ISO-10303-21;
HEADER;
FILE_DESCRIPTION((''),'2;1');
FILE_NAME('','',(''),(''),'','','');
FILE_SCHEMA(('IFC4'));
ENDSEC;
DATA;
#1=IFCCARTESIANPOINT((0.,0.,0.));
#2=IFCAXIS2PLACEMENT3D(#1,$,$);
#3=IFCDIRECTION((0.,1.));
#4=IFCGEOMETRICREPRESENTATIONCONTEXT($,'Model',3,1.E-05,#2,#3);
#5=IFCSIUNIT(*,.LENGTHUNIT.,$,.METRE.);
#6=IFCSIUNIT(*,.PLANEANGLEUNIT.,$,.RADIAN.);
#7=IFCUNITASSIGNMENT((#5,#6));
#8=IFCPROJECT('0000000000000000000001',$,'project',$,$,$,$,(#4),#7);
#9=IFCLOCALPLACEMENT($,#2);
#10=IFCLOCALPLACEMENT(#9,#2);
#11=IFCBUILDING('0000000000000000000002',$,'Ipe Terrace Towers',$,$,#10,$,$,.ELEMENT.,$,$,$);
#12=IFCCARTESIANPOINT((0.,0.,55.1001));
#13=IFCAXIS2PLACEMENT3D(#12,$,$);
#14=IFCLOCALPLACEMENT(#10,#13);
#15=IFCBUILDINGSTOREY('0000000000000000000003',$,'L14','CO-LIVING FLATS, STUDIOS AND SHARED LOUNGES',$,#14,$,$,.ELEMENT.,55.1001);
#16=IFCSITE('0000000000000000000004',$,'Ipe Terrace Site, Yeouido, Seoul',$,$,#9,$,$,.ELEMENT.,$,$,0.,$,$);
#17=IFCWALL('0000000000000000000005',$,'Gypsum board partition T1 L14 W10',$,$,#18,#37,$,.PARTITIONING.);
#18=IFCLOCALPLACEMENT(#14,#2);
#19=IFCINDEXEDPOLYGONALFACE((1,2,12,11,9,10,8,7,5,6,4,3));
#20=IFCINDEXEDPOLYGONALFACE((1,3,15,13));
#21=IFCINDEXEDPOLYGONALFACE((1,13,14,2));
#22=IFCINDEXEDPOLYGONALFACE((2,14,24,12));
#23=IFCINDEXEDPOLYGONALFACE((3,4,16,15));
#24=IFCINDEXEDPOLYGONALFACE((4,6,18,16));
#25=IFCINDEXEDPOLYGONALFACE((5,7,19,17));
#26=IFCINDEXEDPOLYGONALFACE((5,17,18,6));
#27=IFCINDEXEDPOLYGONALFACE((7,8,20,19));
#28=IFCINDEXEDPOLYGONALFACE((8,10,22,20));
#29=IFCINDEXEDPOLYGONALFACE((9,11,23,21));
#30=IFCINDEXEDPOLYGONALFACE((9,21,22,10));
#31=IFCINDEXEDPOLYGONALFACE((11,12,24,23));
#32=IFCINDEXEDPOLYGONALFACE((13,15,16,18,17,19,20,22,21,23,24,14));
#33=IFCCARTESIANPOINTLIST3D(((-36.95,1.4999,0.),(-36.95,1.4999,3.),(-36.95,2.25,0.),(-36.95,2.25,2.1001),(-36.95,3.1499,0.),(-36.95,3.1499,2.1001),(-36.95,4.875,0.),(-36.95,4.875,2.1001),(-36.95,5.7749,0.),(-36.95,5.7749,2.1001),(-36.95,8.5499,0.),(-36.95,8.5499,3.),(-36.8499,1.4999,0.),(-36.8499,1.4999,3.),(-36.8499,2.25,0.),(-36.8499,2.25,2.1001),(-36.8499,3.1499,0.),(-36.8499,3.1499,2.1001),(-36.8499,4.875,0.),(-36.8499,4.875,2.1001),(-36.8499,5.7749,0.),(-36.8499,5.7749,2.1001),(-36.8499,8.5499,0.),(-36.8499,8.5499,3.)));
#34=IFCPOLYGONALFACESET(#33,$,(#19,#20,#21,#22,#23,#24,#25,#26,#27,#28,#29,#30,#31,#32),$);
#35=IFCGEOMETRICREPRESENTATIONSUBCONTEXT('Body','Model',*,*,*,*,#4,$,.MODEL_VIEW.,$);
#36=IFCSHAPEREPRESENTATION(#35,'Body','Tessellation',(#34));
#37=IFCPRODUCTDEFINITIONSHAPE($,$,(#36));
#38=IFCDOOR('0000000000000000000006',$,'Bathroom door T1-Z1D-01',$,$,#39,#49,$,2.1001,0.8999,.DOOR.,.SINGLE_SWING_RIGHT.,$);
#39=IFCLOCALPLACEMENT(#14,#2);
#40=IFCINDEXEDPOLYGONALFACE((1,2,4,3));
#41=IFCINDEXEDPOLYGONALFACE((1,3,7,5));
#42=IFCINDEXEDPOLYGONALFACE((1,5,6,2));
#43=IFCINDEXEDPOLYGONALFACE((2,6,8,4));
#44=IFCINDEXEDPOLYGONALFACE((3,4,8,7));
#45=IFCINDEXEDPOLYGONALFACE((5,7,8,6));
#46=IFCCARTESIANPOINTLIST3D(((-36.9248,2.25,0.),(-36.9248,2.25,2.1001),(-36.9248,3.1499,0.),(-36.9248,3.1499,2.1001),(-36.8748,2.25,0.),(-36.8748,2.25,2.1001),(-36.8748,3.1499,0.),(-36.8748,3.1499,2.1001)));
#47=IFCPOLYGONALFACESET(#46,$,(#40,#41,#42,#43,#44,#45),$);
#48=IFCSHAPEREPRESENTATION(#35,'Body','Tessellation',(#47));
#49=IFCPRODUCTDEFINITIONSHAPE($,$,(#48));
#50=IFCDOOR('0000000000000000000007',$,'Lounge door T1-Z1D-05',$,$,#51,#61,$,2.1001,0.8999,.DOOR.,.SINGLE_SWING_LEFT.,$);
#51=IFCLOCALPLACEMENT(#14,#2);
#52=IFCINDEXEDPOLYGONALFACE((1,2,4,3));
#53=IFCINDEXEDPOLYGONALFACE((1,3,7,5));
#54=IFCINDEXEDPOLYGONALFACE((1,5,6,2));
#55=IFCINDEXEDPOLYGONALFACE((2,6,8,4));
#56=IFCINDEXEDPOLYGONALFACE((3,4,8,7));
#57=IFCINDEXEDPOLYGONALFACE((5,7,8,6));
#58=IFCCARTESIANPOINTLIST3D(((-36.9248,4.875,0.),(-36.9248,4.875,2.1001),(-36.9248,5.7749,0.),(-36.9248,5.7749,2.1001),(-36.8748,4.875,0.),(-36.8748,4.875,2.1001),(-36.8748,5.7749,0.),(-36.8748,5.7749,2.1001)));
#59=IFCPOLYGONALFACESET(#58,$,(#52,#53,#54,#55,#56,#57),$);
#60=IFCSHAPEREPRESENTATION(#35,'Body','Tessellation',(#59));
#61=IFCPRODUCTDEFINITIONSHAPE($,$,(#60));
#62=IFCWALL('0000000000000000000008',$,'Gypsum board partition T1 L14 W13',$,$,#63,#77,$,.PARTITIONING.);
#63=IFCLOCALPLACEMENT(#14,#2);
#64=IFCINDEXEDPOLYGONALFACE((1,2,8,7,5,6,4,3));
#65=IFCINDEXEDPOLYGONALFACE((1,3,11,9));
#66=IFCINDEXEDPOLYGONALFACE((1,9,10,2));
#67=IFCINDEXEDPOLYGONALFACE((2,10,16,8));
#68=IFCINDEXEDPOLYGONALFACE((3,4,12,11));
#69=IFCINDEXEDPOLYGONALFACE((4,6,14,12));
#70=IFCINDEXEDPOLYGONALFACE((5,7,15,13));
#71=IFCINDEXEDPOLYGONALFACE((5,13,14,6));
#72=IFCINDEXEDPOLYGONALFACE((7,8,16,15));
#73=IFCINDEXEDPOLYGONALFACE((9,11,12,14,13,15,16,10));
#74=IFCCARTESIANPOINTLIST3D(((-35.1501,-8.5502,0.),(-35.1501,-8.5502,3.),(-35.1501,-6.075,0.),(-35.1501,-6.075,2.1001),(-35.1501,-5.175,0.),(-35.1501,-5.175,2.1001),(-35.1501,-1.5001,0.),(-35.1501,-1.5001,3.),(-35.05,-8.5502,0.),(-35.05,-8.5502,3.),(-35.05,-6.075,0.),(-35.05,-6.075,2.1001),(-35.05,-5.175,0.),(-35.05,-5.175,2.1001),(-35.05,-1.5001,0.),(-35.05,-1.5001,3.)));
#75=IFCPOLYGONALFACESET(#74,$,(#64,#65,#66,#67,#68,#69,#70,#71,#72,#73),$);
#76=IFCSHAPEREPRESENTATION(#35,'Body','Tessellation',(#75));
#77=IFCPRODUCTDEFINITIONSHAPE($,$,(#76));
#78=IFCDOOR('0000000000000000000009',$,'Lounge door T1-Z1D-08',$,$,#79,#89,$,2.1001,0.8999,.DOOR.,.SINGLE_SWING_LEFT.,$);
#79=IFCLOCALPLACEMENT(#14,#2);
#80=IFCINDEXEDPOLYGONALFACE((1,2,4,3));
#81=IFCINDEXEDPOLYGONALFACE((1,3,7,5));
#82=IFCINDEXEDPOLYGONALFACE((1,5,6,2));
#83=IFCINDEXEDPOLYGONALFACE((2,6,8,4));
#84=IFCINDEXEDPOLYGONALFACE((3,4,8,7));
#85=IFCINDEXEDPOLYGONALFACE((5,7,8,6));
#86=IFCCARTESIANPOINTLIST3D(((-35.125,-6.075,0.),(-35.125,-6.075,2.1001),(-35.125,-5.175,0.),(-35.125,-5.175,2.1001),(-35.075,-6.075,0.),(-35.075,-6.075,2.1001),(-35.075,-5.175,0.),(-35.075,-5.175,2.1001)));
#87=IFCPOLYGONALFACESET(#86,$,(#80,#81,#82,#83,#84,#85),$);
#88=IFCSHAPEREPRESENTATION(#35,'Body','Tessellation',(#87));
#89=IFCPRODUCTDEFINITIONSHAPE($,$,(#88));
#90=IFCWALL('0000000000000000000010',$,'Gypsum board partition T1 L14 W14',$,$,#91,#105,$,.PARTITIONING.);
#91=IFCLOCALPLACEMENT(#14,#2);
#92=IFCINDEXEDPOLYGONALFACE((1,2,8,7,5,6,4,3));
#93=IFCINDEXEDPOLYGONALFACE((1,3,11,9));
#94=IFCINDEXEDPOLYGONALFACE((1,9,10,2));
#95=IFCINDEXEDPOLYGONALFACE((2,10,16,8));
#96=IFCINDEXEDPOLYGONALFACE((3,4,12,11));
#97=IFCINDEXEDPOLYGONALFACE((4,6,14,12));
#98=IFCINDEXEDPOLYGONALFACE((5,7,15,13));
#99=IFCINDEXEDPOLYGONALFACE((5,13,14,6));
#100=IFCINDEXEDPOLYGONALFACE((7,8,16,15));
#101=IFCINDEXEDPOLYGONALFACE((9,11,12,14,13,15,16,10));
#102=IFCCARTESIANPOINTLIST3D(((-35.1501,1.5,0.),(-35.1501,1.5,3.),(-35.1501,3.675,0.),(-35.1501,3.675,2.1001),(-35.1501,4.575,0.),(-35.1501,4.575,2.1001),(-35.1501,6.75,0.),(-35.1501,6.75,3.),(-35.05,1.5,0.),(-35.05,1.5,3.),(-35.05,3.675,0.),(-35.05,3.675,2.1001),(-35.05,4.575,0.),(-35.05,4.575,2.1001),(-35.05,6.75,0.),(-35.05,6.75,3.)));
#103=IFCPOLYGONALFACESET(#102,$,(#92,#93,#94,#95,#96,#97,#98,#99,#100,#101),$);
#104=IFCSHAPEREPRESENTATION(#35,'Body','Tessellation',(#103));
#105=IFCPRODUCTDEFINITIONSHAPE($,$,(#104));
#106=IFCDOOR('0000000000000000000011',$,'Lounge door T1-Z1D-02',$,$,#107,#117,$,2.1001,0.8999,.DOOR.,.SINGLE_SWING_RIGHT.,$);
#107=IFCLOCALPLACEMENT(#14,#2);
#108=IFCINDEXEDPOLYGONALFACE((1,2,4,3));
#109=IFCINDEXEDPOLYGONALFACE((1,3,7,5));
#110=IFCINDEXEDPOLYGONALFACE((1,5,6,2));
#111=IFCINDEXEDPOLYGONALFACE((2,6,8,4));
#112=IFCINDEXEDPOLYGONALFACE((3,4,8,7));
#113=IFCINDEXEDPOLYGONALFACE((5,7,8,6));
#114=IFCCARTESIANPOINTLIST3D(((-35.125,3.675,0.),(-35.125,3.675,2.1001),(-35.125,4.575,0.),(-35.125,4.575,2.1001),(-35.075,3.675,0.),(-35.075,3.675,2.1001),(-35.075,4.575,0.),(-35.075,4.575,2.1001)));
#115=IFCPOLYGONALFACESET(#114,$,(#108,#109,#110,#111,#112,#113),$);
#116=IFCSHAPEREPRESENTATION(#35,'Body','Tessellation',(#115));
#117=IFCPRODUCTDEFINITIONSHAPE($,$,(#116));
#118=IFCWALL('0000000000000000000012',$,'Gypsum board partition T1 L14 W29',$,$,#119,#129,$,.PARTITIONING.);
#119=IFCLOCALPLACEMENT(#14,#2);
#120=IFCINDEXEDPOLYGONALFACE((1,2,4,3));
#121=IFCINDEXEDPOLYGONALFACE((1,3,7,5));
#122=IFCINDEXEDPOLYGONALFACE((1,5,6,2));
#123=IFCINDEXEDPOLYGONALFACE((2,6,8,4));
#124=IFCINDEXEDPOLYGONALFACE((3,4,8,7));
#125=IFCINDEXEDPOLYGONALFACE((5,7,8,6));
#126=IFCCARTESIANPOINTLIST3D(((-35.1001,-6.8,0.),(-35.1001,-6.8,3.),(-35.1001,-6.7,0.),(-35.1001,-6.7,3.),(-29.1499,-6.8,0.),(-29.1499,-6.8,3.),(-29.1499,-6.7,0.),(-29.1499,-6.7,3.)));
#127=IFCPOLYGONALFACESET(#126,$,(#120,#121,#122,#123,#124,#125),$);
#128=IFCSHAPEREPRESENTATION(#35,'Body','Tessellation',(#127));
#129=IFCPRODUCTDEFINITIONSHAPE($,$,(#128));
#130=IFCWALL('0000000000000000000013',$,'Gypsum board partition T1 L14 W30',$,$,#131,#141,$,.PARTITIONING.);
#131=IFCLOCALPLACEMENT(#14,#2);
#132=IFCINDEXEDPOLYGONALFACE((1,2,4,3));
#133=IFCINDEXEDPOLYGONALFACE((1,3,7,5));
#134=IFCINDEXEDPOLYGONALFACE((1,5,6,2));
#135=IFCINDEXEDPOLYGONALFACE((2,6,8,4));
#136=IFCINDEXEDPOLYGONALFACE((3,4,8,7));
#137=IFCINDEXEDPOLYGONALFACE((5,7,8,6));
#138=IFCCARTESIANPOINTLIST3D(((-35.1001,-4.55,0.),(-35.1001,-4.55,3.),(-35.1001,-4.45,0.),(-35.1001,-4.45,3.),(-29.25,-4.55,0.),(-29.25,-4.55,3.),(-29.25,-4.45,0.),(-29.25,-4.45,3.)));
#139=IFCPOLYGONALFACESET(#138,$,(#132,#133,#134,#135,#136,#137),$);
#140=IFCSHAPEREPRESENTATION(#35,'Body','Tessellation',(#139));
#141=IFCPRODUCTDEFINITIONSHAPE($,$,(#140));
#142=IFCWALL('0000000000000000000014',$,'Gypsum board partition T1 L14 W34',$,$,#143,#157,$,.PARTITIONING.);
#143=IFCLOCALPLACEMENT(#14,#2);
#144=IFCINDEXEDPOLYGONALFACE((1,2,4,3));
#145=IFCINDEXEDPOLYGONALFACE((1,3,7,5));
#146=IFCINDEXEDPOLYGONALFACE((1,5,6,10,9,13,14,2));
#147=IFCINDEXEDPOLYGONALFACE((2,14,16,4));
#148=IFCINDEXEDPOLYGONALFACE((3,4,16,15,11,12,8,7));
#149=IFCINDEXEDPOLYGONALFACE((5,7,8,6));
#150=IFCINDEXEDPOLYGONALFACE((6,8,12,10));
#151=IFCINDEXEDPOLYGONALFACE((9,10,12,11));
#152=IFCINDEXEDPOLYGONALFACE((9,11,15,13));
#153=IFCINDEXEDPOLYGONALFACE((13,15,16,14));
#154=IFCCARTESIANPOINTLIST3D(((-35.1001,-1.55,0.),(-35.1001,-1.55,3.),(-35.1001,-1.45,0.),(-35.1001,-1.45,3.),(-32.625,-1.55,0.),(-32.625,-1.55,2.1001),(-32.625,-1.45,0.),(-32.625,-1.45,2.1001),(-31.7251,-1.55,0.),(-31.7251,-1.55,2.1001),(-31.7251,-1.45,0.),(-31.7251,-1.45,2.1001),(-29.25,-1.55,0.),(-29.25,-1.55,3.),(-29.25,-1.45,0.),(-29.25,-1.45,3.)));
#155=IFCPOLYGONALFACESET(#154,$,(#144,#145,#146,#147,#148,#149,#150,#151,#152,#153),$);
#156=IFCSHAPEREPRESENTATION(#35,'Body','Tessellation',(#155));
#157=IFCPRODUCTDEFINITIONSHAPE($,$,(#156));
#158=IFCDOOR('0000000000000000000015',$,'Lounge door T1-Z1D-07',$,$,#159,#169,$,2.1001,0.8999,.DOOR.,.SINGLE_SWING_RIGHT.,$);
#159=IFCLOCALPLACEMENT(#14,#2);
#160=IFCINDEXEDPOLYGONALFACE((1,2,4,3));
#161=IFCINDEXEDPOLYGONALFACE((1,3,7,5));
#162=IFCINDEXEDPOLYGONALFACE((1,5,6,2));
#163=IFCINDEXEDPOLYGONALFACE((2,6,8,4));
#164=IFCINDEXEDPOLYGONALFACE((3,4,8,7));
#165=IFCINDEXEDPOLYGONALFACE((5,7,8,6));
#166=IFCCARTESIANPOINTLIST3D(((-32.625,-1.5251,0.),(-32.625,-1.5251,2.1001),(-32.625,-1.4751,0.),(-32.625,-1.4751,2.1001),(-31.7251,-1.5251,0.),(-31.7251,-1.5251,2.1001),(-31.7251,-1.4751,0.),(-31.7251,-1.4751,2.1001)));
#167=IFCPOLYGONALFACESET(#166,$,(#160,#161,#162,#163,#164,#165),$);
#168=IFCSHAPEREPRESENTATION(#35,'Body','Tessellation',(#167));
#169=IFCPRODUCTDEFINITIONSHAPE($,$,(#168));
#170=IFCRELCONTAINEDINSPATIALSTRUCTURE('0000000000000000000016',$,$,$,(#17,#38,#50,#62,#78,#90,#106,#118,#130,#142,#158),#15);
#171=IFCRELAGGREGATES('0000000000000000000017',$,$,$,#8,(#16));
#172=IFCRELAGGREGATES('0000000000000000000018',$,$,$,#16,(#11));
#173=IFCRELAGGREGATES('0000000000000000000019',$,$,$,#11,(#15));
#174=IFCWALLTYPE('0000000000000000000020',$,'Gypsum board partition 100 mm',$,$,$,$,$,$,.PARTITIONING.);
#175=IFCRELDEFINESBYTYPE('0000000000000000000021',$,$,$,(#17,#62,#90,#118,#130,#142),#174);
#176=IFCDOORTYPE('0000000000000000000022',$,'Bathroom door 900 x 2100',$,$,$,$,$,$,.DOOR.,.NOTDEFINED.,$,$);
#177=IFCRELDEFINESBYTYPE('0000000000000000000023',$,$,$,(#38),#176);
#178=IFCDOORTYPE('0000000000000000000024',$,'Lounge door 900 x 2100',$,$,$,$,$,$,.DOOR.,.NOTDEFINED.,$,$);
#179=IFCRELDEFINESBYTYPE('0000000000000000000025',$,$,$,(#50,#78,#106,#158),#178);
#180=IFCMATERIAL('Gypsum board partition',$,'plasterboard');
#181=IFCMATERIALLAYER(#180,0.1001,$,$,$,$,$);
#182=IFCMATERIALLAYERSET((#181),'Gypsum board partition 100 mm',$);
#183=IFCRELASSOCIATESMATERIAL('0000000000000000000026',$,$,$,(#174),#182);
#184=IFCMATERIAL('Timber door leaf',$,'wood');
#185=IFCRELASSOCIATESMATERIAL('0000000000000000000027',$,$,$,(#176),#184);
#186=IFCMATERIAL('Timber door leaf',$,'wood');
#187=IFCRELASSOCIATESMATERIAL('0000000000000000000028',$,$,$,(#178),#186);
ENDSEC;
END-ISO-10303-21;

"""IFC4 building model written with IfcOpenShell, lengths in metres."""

from ifc_helpers import new_model, si_unit, direction, frame, frame_2d, origin, place, context, subcontext, project, spatial, rectangle, extrude, material, layer, layer_set, type_object, element, fill, save


model = new_model("IFC4")

# Units and contexts
model_context = context("Model", 3, precision=1e-05, world=origin(), true_north=direction((0.0, 1.0)))
body_context = subcontext(model_context, "Body", "Model", "MODEL_VIEW")
ifc_project = project(units=[si_unit("LENGTHUNIT", "METRE"), si_unit("PLANEANGLEUNIT", "RADIAN")], contexts=[model_context])

# Site, building, storey
site_placement = place(None, origin())
site = spatial("IfcSite", under=ifc_project, at=site_placement, Name="Ipe Terrace Site, Yeouido, Seoul", CompositionType="ELEMENT", RefElevation=0.0)
building_placement = place(site_placement, origin())
building = spatial("IfcBuilding", under=site, at=building_placement, Name="Ipe Terrace Towers", CompositionType="ELEMENT")
storey_placement = place(building_placement, frame((0.0, 0.0, 55.1001)))
storey = spatial("IfcBuildingStorey", under=building, at=storey_placement, Name="L14", Description="CO-LIVING FLATS, STUDIOS AND SHARED LOUNGES", CompositionType="ELEMENT", Elevation=55.1001)

# Shared definitions
ifc_material_1 = material(Name="Gypsum board partition", Category="plasterboard")
ifc_layer_1 = layer(ifc_material_1, 0.1001)
ifc_layer_set_1 = layer_set([ifc_layer_1], Name="Gypsum board partition 100 mm")
wall_type_1 = type_object("IfcWallType", Name="Gypsum board partition 100 mm", PredefinedType="PARTITIONING", material=ifc_layer_set_1)

# Wall, openings, doors
wall_1_placement = place(storey_placement, frame((-36.8999, 1.5, 0.0), z_axis=(0.0, 0.0, 1.0), x_axis=(0.0, 1.0, 0.0)))
wall_1 = element("IfcWall", 1, at=wall_1_placement, inside=storey, type_object=wall_type_1, Name="Gypsum board partition T1 L14 W10", PredefinedType="PARTITIONING", context=body_context, shape_type="SweptSolid", body=[
    extrude(rectangle(XDim=7.05, YDim=0.1001, at=frame_2d((3.5249, 0.0))), origin(), (0.0, 0.0, 1.0), 3.0),
])
opening_1_placement = place(wall_1_placement, frame((0.75, 0.0, 0.0)))
opening_1 = element("IfcOpeningElement", 2, at=opening_1_placement, cuts=wall_1, PredefinedType="OPENING", context=body_context, shape_type="SweptSolid", body=[
    extrude(rectangle(XDim=0.8999, YDim=2.1001, at=frame_2d((0.45, 1.05))), frame((0.0, 0.0601, 0.0), z_axis=(0.0, -1.0, 0.0), x_axis=(1.0, 0.0, 0.0)), (0.0, 0.0, 1.0), 0.1201),
])
opening_2_placement = place(wall_1_placement, frame((3.375, 0.0, 0.0)))
opening_2 = element("IfcOpeningElement", 3, at=opening_2_placement, cuts=wall_1, PredefinedType="OPENING", context=body_context, shape_type="SweptSolid", body=[
    extrude(rectangle(XDim=0.8999, YDim=2.1001, at=frame_2d((0.45, 1.05))), frame((0.0, 0.0601, 0.0), z_axis=(0.0, -1.0, 0.0), x_axis=(1.0, 0.0, 0.0)), (0.0, 0.0, 1.0), 0.1201),
])
ifc_material_2 = material(Name="Timber door leaf", Category="wood")
door_type_1 = type_object("IfcDoorType", Name="Bathroom door 900 x 2100", OperationType="NOTDEFINED", PredefinedType="DOOR", material=ifc_material_2)
door_1_placement = place(opening_1_placement, origin())
door_1 = element("IfcDoor", 4, at=door_1_placement, inside=storey, type_object=door_type_1, Name="Bathroom door T1-Z1D-01", OperationType="SINGLE_SWING_RIGHT", OverallHeight=2.1001, OverallWidth=0.8999, PredefinedType="DOOR", context=body_context, shape_type="SweptSolid", body=[
    extrude(rectangle(XDim=0.8999, YDim=2.1001, at=frame_2d((0.45, 1.05))), frame((0.0, 0.0249, 0.0), z_axis=(0.0, -1.0, 0.0), x_axis=(1.0, 0.0, 0.0)), (0.0, 0.0, 1.0), 0.05),
])
fill(opening_1, door_1)
ifc_material_3 = material(Name="Timber door leaf", Category="wood")
door_type_2 = type_object("IfcDoorType", Name="Lounge door 900 x 2100", OperationType="NOTDEFINED", PredefinedType="DOOR", material=ifc_material_3)
door_2_placement = place(opening_2_placement, origin())
door_2 = element("IfcDoor", 5, at=door_2_placement, inside=storey, type_object=door_type_2, Name="Lounge door T1-Z1D-05", OperationType="SINGLE_SWING_LEFT", OverallHeight=2.1001, OverallWidth=0.8999, PredefinedType="DOOR", context=body_context, shape_type="SweptSolid", body=[
    extrude(rectangle(XDim=0.8999, YDim=2.1001, at=frame_2d((0.45, 1.05))), frame((0.0, 0.0249, 0.0), z_axis=(0.0, -1.0, 0.0), x_axis=(1.0, 0.0, 0.0)), (0.0, 0.0, 1.0), 0.05),
])
fill(opening_2, door_2)

# Walls, openings, doors
wall_2_placement = place(storey_placement, frame((-35.1001, -8.55, 0.0), z_axis=(0.0, 0.0, 1.0), x_axis=(0.0, 1.0, 0.0)))
wall_2 = element("IfcWall", 6, at=wall_2_placement, inside=storey, type_object=wall_type_1, Name="Gypsum board partition T1 L14 W13", PredefinedType="PARTITIONING", context=body_context, shape_type="SweptSolid", body=[
    extrude(rectangle(XDim=7.05, YDim=0.1001, at=frame_2d((3.5249, 0.0))), origin(), (0.0, 0.0, 1.0), 3.0),
])
opening_3_placement = place(wall_2_placement, frame((2.4751, 0.0, 0.0)))
opening_3 = element("IfcOpeningElement", 7, at=opening_3_placement, cuts=wall_2, PredefinedType="OPENING", context=body_context, shape_type="SweptSolid", body=[
    extrude(rectangle(XDim=0.8999, YDim=2.1001, at=frame_2d((0.45, 1.05))), frame((0.0, 0.0601, 0.0), z_axis=(0.0, -1.0, 0.0), x_axis=(1.0, 0.0, 0.0)), (0.0, 0.0, 1.0), 0.1201),
])
door_3_placement = place(opening_3_placement, origin())
door_3 = element("IfcDoor", 8, at=door_3_placement, inside=storey, type_object=door_type_2, Name="Lounge door T1-Z1D-08", OperationType="SINGLE_SWING_LEFT", OverallHeight=2.1001, OverallWidth=0.8999, PredefinedType="DOOR", context=body_context, shape_type="SweptSolid", body=[
    extrude(rectangle(XDim=0.8999, YDim=2.1001, at=frame_2d((0.45, 1.05))), frame((0.0, 0.0249, 0.0), z_axis=(0.0, -1.0, 0.0), x_axis=(1.0, 0.0, 0.0)), (0.0, 0.0, 1.0), 0.05),
])
fill(opening_3, door_3)
wall_3_placement = place(storey_placement, frame((-35.1001, 1.5, 0.0), z_axis=(0.0, 0.0, 1.0), x_axis=(0.0, 1.0, 0.0)))
wall_3 = element("IfcWall", 9, at=wall_3_placement, inside=storey, type_object=wall_type_1, Name="Gypsum board partition T1 L14 W14", PredefinedType="PARTITIONING", context=body_context, shape_type="SweptSolid", body=[
    extrude(rectangle(XDim=5.25, YDim=0.1001, at=frame_2d((2.625, 0.0))), origin(), (0.0, 0.0, 1.0), 3.0),
])
opening_4_placement = place(wall_3_placement, frame((2.175, 0.0, 0.0)))
opening_4 = element("IfcOpeningElement", 10, at=opening_4_placement, cuts=wall_3, PredefinedType="OPENING", context=body_context, shape_type="SweptSolid", body=[
    extrude(rectangle(XDim=0.8999, YDim=2.1001, at=frame_2d((0.45, 1.05))), frame((0.0, 0.0601, 0.0), z_axis=(0.0, -1.0, 0.0), x_axis=(1.0, 0.0, 0.0)), (0.0, 0.0, 1.0), 0.1201),
])
door_4_placement = place(opening_4_placement, origin())
door_4 = element("IfcDoor", 11, at=door_4_placement, inside=storey, type_object=door_type_2, Name="Lounge door T1-Z1D-02", OperationType="SINGLE_SWING_RIGHT", OverallHeight=2.1001, OverallWidth=0.8999, PredefinedType="DOOR", context=body_context, shape_type="SweptSolid", body=[
    extrude(rectangle(XDim=0.8999, YDim=2.1001, at=frame_2d((0.45, 1.05))), frame((0.0, 0.0249, 0.0), z_axis=(0.0, -1.0, 0.0), x_axis=(1.0, 0.0, 0.0)), (0.0, 0.0, 1.0), 0.05),
])
fill(opening_4, door_4)

# Walls
wall_4_placement = place(storey_placement, frame((-35.1001, -6.75, 0.0), z_axis=(0.0, 0.0, 1.0), x_axis=(1.0, 0.0, 0.0)))
element("IfcWall", 12, at=wall_4_placement, inside=storey, type_object=wall_type_1, Name="Gypsum board partition T1 L14 W29", PredefinedType="PARTITIONING", context=body_context, shape_type="SweptSolid", body=[
    extrude(rectangle(XDim=5.9502, YDim=0.1001, at=frame_2d((2.9751, 0.0))), origin(), (0.0, 0.0, 1.0), 3.0),
])
wall_5_placement = place(storey_placement, frame((-35.1001, -4.5, 0.0), z_axis=(0.0, 0.0, 1.0), x_axis=(1.0, 0.0, 0.0)))
element("IfcWall", 13, at=wall_5_placement, inside=storey, type_object=wall_type_1, Name="Gypsum board partition T1 L14 W30", PredefinedType="PARTITIONING", context=body_context, shape_type="SweptSolid", body=[
    extrude(rectangle(XDim=5.8501, YDim=0.1001, at=frame_2d((2.925, 0.0))), origin(), (0.0, 0.0, 1.0), 3.0),
])

# Wall, opening, door
wall_6_placement = place(storey_placement, frame((-35.1001, -1.5, 0.0), z_axis=(0.0, 0.0, 1.0), x_axis=(1.0, 0.0, 0.0)))
wall_6 = element("IfcWall", 14, at=wall_6_placement, inside=storey, type_object=wall_type_1, Name="Gypsum board partition T1 L14 W34", PredefinedType="PARTITIONING", context=body_context, shape_type="SweptSolid", body=[
    extrude(rectangle(XDim=5.8501, YDim=0.1001, at=frame_2d((2.925, 0.0))), origin(), (0.0, 0.0, 1.0), 3.0),
])
opening_5_placement = place(wall_6_placement, frame((2.4751, 0.0, 0.0)))
opening_5 = element("IfcOpeningElement", 15, at=opening_5_placement, cuts=wall_6, PredefinedType="OPENING", context=body_context, shape_type="SweptSolid", body=[
    extrude(rectangle(XDim=0.8999, YDim=2.1001, at=frame_2d((0.45, 1.05))), frame((0.0, 0.0601, 0.0), z_axis=(0.0, -1.0, 0.0), x_axis=(1.0, 0.0, 0.0)), (0.0, 0.0, 1.0), 0.1201),
])
door_5_placement = place(opening_5_placement, origin())
door_5 = element("IfcDoor", 16, at=door_5_placement, inside=storey, type_object=door_type_2, Name="Lounge door T1-Z1D-07", OperationType="SINGLE_SWING_RIGHT", OverallHeight=2.1001, OverallWidth=0.8999, PredefinedType="DOOR", context=body_context, shape_type="SweptSolid", body=[
    extrude(rectangle(XDim=0.8999, YDim=2.1001, at=frame_2d((0.45, 1.05))), frame((0.0, 0.0249, 0.0), z_axis=(0.0, -1.0, 0.0), x_axis=(1.0, 0.0, 0.0)), (0.0, 0.0, 1.0), 0.05),
])
fill(opening_5, door_5)

save(model, "model.ifc")
